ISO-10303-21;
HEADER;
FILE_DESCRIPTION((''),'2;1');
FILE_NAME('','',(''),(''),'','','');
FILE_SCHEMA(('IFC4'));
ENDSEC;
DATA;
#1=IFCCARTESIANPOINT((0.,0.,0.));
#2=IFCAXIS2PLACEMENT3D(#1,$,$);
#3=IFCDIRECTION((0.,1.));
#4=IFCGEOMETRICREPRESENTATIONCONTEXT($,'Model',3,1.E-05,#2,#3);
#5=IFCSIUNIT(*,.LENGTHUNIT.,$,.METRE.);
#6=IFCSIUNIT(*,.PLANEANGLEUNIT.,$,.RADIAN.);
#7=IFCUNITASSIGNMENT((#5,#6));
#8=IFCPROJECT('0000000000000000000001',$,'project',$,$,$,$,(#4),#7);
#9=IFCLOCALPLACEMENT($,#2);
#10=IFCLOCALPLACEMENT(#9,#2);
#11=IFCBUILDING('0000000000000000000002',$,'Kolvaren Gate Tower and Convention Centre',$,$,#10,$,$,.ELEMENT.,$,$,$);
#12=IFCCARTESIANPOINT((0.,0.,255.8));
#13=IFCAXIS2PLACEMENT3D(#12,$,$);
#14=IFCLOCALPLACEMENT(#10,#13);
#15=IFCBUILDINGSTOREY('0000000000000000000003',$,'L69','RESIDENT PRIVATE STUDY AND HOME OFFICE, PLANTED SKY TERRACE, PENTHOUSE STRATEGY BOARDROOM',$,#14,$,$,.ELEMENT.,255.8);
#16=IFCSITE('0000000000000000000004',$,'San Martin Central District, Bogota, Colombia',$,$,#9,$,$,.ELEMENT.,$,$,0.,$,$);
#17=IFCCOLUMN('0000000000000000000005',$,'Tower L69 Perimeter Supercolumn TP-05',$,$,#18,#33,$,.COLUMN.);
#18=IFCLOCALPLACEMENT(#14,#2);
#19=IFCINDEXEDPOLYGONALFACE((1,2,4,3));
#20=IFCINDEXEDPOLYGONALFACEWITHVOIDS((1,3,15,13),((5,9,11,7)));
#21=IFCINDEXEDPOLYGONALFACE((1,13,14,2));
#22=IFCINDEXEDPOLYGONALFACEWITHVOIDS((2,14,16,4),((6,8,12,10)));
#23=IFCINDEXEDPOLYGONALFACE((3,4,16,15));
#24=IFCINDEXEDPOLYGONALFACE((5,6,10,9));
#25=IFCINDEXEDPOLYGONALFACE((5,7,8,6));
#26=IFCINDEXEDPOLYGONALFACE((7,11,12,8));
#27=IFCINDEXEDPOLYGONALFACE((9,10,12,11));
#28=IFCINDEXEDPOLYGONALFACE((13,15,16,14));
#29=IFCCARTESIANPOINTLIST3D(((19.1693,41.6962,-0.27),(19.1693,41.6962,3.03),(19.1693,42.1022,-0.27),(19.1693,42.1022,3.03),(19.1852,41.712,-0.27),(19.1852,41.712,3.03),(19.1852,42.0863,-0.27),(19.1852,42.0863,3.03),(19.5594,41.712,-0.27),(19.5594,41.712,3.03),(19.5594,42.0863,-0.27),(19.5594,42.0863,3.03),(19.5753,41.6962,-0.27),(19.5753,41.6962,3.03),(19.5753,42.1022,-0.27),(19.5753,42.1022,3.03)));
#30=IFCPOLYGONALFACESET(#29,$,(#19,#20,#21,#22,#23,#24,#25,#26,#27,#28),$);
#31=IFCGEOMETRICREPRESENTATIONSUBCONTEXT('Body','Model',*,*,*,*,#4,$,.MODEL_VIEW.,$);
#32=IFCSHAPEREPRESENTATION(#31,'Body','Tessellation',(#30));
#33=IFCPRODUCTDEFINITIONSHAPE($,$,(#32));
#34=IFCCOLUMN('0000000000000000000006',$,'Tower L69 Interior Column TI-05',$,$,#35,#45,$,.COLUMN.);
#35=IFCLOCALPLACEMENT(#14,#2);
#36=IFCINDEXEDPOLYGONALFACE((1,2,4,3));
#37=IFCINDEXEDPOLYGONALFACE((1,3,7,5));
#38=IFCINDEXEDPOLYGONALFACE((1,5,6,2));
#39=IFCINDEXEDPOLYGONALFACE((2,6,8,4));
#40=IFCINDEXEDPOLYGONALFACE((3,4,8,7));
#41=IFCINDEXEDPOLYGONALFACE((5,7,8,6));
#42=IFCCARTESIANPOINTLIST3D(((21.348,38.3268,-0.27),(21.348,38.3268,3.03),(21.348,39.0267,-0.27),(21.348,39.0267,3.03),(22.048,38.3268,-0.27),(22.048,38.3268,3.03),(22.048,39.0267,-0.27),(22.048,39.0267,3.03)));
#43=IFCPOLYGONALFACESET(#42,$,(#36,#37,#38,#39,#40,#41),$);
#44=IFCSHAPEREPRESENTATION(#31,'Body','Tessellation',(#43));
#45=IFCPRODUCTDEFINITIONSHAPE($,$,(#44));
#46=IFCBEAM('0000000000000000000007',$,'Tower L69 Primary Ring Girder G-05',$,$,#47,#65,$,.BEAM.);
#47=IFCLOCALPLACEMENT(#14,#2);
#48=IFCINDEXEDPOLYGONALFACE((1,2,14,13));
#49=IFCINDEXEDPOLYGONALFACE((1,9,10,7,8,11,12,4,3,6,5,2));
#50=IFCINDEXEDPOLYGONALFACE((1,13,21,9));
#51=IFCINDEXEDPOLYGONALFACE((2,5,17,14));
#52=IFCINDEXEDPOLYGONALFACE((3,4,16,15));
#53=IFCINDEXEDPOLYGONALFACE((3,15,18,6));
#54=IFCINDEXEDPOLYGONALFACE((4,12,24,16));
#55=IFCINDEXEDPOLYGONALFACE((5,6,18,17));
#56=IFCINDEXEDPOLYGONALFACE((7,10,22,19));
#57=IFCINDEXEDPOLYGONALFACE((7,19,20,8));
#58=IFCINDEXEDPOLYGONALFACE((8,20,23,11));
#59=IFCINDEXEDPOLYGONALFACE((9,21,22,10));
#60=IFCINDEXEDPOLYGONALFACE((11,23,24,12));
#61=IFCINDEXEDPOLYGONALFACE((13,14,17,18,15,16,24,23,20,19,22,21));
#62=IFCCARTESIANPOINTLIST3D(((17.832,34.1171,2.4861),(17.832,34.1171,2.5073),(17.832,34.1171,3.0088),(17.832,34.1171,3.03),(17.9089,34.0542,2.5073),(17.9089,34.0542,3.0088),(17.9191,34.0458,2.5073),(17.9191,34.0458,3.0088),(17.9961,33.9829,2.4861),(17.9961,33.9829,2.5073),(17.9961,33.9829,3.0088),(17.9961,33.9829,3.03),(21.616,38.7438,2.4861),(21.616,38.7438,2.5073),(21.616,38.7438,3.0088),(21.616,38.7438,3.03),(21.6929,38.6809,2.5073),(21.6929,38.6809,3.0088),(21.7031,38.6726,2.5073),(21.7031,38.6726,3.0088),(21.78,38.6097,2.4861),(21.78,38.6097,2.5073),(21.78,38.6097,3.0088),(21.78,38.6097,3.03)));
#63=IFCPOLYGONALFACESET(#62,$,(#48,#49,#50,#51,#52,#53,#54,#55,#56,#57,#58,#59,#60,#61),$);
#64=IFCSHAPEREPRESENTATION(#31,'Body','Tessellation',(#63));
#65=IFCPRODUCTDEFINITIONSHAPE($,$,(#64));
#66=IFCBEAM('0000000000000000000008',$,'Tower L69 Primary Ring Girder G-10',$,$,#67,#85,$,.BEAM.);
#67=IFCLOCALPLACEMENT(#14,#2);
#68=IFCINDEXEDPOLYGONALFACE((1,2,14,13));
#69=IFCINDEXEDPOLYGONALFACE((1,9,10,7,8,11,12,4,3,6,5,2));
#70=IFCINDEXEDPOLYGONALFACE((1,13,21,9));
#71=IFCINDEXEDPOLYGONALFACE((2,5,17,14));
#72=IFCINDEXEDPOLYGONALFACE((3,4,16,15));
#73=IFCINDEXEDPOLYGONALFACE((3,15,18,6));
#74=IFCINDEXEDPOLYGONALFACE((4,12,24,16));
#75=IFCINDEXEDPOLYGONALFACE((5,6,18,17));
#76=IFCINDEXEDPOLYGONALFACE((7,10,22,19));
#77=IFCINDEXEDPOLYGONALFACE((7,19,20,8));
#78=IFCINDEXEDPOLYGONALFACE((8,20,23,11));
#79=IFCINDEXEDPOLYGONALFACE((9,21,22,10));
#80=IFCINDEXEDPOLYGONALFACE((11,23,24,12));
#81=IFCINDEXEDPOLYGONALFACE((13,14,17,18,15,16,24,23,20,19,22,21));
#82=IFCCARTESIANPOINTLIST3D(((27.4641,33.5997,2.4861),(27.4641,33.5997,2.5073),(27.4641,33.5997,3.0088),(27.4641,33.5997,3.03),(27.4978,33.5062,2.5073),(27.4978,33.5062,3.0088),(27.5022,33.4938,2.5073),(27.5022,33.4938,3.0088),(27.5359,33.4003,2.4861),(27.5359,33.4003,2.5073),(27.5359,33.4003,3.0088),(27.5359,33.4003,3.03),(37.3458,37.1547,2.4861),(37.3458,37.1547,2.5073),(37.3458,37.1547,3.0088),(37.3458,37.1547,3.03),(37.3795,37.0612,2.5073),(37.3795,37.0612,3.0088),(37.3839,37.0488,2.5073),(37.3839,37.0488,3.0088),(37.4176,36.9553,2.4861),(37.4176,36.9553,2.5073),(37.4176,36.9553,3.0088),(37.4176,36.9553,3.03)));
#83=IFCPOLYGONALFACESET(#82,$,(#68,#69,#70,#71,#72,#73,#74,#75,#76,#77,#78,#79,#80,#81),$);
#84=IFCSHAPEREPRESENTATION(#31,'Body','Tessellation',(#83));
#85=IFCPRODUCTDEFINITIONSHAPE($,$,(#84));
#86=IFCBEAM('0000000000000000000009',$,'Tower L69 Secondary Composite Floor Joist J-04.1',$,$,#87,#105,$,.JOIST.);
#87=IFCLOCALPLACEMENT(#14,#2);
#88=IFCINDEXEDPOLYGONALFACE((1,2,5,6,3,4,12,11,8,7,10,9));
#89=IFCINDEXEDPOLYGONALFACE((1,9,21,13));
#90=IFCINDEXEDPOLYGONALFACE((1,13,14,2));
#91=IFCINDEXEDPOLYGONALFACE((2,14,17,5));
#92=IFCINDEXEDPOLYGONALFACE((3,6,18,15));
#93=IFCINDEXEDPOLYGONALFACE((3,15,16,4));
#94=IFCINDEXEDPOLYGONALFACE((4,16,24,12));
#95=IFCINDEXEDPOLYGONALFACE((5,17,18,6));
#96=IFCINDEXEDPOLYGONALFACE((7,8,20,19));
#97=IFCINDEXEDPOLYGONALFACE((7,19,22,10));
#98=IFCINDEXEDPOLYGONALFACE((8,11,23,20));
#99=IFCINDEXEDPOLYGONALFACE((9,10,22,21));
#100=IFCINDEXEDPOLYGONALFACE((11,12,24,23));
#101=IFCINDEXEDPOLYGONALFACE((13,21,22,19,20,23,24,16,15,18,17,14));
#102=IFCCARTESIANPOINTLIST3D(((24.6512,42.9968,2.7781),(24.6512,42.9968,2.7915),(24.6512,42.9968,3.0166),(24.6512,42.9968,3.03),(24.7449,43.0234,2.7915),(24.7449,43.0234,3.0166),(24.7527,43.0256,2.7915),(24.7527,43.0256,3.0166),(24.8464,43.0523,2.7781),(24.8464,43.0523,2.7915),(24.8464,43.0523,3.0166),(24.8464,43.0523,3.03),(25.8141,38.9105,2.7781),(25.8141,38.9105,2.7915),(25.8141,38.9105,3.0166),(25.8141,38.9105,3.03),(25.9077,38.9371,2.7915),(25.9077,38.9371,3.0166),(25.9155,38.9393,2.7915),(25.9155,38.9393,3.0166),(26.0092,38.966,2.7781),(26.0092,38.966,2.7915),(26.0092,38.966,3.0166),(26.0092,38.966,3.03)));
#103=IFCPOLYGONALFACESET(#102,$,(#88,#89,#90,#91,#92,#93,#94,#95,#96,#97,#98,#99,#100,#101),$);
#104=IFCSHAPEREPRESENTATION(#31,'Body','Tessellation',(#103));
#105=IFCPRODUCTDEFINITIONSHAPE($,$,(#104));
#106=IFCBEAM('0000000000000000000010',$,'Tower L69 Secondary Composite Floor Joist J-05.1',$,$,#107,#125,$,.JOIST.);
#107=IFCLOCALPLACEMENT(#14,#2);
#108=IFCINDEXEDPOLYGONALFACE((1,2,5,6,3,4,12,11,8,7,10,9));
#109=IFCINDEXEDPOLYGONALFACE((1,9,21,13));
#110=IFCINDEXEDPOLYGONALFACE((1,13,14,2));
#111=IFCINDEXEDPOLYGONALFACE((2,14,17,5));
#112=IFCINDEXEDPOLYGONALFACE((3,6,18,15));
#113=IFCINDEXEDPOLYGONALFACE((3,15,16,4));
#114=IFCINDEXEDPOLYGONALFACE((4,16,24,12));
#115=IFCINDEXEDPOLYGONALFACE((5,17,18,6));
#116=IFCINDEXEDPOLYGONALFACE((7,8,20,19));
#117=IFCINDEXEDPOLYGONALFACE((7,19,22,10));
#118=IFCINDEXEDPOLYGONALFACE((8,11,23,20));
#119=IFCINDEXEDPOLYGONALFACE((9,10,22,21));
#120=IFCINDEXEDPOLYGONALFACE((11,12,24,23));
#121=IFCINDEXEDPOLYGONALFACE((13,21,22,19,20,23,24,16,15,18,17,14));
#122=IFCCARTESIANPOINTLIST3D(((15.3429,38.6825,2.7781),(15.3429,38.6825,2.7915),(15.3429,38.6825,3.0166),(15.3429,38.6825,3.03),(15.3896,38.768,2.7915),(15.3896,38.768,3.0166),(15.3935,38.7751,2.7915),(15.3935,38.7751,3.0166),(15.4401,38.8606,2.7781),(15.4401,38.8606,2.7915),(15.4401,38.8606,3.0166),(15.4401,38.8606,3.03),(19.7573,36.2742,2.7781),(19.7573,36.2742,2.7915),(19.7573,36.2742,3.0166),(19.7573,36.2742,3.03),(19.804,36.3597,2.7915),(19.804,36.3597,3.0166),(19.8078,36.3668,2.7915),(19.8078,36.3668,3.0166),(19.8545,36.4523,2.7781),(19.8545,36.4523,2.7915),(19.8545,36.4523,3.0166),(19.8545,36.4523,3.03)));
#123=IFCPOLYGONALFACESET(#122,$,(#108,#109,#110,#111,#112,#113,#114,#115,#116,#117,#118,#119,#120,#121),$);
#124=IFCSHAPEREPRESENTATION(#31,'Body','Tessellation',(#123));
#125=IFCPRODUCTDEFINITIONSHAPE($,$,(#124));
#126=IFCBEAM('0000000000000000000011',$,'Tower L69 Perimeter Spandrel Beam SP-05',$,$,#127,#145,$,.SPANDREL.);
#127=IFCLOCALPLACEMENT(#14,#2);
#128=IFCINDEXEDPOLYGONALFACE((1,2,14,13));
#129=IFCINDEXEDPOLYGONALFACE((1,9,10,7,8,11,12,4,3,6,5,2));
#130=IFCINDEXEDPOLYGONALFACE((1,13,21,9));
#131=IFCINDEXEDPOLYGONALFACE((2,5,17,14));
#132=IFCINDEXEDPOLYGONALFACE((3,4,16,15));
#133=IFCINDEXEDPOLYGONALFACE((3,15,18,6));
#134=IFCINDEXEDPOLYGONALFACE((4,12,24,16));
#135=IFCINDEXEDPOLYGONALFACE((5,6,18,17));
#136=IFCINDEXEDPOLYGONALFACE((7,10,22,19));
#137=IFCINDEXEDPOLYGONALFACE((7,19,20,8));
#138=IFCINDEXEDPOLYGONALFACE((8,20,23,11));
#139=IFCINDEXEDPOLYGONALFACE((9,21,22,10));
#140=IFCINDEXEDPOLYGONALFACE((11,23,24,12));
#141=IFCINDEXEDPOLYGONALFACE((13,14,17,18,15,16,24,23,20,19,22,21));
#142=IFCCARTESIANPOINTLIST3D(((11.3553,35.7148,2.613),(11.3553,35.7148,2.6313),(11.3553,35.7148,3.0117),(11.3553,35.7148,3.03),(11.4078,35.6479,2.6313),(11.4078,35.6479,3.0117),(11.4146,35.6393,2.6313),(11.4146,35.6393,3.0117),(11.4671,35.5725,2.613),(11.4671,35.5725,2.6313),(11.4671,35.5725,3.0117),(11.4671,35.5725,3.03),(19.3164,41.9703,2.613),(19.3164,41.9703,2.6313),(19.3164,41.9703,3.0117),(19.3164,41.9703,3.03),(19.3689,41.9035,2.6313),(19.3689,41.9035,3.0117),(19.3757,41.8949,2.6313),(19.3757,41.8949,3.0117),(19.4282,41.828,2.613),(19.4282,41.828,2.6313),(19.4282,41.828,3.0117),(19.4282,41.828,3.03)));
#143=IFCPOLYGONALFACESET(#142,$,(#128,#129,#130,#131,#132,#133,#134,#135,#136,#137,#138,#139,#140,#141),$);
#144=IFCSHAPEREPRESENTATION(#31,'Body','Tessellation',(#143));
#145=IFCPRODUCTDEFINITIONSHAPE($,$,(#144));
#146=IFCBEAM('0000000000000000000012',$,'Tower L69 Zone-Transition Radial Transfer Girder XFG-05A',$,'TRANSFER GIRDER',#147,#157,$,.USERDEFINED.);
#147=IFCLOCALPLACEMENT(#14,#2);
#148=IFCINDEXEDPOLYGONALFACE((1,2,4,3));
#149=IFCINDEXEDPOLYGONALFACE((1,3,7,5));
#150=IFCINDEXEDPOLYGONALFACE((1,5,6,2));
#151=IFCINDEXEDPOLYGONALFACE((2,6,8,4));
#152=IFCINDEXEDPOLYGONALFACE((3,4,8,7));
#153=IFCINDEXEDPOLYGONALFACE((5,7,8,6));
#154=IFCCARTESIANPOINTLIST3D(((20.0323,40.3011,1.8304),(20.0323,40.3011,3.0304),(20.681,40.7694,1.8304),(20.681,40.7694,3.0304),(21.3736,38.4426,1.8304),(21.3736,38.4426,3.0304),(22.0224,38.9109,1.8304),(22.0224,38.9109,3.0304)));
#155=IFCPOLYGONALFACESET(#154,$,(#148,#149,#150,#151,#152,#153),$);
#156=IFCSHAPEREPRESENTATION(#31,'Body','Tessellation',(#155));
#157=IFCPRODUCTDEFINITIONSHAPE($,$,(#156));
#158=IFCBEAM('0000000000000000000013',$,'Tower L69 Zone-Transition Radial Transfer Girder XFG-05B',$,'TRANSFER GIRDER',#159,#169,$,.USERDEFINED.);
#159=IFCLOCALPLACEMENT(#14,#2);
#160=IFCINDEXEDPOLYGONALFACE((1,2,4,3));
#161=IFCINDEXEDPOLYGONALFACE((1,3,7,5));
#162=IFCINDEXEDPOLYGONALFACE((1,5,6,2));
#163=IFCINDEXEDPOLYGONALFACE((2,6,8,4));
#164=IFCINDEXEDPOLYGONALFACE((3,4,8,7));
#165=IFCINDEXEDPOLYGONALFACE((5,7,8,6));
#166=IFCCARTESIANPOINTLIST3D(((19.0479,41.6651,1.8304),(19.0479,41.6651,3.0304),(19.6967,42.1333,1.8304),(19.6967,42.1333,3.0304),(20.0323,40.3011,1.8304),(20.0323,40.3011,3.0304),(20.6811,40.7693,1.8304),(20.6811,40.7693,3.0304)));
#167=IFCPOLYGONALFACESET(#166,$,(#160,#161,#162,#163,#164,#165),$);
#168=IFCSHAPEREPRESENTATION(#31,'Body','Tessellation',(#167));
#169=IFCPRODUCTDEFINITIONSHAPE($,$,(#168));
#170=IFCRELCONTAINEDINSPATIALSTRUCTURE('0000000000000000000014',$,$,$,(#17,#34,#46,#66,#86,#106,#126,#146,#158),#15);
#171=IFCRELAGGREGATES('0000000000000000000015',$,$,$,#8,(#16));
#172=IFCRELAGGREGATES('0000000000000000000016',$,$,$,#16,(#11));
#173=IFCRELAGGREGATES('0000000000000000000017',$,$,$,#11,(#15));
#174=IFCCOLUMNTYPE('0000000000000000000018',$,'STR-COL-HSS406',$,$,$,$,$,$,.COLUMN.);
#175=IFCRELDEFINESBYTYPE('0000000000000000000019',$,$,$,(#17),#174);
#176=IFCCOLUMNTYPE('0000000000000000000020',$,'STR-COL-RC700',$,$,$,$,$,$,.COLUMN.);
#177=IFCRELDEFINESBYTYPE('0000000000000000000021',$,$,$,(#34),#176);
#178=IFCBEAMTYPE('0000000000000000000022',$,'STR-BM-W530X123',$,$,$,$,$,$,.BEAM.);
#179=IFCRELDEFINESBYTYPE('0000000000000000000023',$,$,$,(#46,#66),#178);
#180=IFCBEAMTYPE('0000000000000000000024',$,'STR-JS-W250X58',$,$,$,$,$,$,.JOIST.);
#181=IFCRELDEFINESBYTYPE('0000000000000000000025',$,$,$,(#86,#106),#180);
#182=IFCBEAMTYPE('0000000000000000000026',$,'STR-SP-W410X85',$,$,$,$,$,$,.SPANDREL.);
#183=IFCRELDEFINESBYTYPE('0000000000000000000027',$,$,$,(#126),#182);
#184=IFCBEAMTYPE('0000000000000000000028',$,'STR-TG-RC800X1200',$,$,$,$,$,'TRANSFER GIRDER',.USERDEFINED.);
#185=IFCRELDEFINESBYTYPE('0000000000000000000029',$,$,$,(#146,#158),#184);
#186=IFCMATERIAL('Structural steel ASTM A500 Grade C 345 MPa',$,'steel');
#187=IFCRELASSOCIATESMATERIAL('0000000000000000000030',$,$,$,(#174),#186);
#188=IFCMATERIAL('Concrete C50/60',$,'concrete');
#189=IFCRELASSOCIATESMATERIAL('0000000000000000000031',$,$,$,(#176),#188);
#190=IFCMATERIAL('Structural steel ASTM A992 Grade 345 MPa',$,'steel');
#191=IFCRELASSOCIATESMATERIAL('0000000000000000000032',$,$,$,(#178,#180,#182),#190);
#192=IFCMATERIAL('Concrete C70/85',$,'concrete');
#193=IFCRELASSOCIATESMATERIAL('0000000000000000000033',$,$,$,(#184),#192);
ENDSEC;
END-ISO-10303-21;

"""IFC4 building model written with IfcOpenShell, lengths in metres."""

from ifc_helpers import new_model, si_unit, direction, frame, origin, origin_2d, place, context, subcontext, project, spatial, rectangle, hollow_rectangle, i_section, extrude, material, material_profile, profile_set, type_object, element, save


model = new_model("IFC4")

# Units and contexts
model_context = context("Model", 3, precision=1e-05, world=origin(), true_north=direction((0.0, 1.0)))
body_context = subcontext(model_context, "Body", "Model", "MODEL_VIEW")
ifc_project = project(units=[si_unit("LENGTHUNIT", "METRE"), si_unit("PLANEANGLEUNIT", "RADIAN")], contexts=[model_context])

# Site, building, storey
site_placement = place(None, origin())
site = spatial("IfcSite", under=ifc_project, at=site_placement, Name="San Martin Central District, Bogota, Colombia", CompositionType="ELEMENT", RefElevation=0.0)
building_placement = place(site_placement, origin())
building = spatial("IfcBuilding", under=site, at=building_placement, Name="Kolvaren Gate Tower and Convention Centre", CompositionType="ELEMENT")
storey_placement = place(building_placement, frame((0.0, 0.0, 255.8)))
storey = spatial("IfcBuildingStorey", under=building, at=storey_placement, Name="L69", Description="RESIDENT PRIVATE STUDY AND HOME OFFICE, PLANTED SKY TERRACE, PENTHOUSE STRATEGY BOARDROOM", CompositionType="ELEMENT", Elevation=255.8)

# Columns
ifc_material_1 = material(Name="Structural steel ASTM A500 Grade C 345 MPa", Category="steel")
ifc_material_profile_1 = material_profile(ifc_material_1, hollow_rectangle(XDim=0.406, YDim=0.406, WallThickness=0.0159, at=origin_2d()), Name="HSS406X406X15.9")
ifc_profile_set_1 = profile_set([ifc_material_profile_1], Name="Structural steel ASTM A500 Grade C 345 MPa")
column_type_1 = type_object("IfcColumnType", Name="STR-COL-HSS406", PredefinedType="COLUMN", material=ifc_profile_set_1)
column_1_placement = place(storey_placement, frame((19.3723, 41.8992, -0.27), z_axis=(0.0, 0.0, 1.0), x_axis=(1.0, 0.0, 0.0)))
element("IfcColumn", 1, at=column_1_placement, inside=storey, type_object=column_type_1, Name="Tower L69 Perimeter Supercolumn TP-05", PredefinedType="COLUMN", context=body_context, shape_type="SweptSolid", body=[
    extrude(hollow_rectangle(XDim=0.406, YDim=0.406, WallThickness=0.0159, at=origin_2d()), origin(), (0.0, 0.0, 1.0), 3.3),
])
ifc_material_2 = material(Name="Concrete C50/60", Category="concrete")
ifc_material_profile_2 = material_profile(ifc_material_2, rectangle(XDim=0.7, YDim=0.7, at=origin_2d()), Name="RC-COL-700X700")
ifc_profile_set_2 = profile_set([ifc_material_profile_2], Name="Concrete C50/60")
column_type_2 = type_object("IfcColumnType", Name="STR-COL-RC700", PredefinedType="COLUMN", material=ifc_profile_set_2)
column_2_placement = place(storey_placement, frame((21.698, 38.6768, -0.27), z_axis=(0.0, 0.0, 1.0), x_axis=(1.0, 0.0, 0.0)))
element("IfcColumn", 2, at=column_2_placement, inside=storey, type_object=column_type_2, Name="Tower L69 Interior Column TI-05", PredefinedType="COLUMN", context=body_context, shape_type="SweptSolid", body=[
    extrude(rectangle(XDim=0.7, YDim=0.7, at=origin_2d()), origin(), (0.0, 0.0, 1.0), 3.3),
])

# Beams
ifc_material_3 = material(Name="Structural steel ASTM A992 Grade 345 MPa", Category="steel")
ifc_material_profile_3 = material_profile(ifc_material_3, i_section(OverallWidth=0.2119, OverallDepth=0.5439, WebThickness=0.0132, FlangeThickness=0.0212, at=origin_2d()), Name="W530X123")
ifc_profile_set_3 = profile_set([ifc_material_profile_3], Name="Structural steel ASTM A992 Grade 345 MPa")
beam_type_1 = type_object("IfcBeamType", Name="STR-BM-W530X123", PredefinedType="BEAM", material=ifc_profile_set_3)
beam_1_placement = place(storey_placement, frame((21.698, 38.6768, 2.7581), z_axis=(-0.633082, -0.774085, 0.0), x_axis=(0.774085, -0.633082, 0.0)))
element("IfcBeam", 3, at=beam_1_placement, inside=storey, type_object=beam_type_1, Name="Tower L69 Primary Ring Girder G-05", PredefinedType="BEAM", context=body_context, shape_type="SweptSolid", body=[
    extrude(i_section(OverallWidth=0.2119, OverallDepth=0.5439, WebThickness=0.0132, FlangeThickness=0.0212, at=origin_2d()), origin(), (0.0, 0.0, 1.0), 5.9771),
])
beam_2_placement = place(storey_placement, frame((27.5, 33.5, 2.7581), z_axis=(0.940961, 0.338514, 0.0), x_axis=(-0.338514, 0.940961, 0.0)))
element("IfcBeam", 4, at=beam_2_placement, inside=storey, type_object=beam_type_1, Name="Tower L69 Primary Ring Girder G-10", PredefinedType="BEAM", context=body_context, shape_type="SweptSolid", body=[
    extrude(i_section(OverallWidth=0.2119, OverallDepth=0.5439, WebThickness=0.0132, FlangeThickness=0.0212, at=origin_2d()), origin(), (0.0, 0.0, 1.0), 10.5017),
])
ifc_material_profile_4 = material_profile(ifc_material_3, i_section(OverallWidth=0.2029, OverallDepth=0.252, WebThickness=0.0081, FlangeThickness=0.0134, at=origin_2d()), Name="W250X58")
ifc_profile_set_4 = profile_set([ifc_material_profile_4], Name="Structural steel ASTM A992 Grade 345 MPa")
beam_type_2 = type_object("IfcBeamType", Name="STR-JS-W250X58", PredefinedType="JOIST", material=ifc_profile_set_4)
beam_3_placement = place(storey_placement, frame((25.9116, 38.9382, 2.9041), z_axis=(-0.273696, 0.961816, 0.0), x_axis=(-0.961816, -0.273696, 0.0)))
element("IfcBeam", 5, at=beam_3_placement, inside=storey, type_object=beam_type_2, Name="Tower L69 Secondary Composite Floor Joist J-04.1", PredefinedType="JOIST", context=body_context, shape_type="SweptSolid", body=[
    extrude(i_section(OverallWidth=0.2029, OverallDepth=0.252, WebThickness=0.0081, FlangeThickness=0.0134, at=origin_2d()), origin(), (0.0, 0.0, 1.0), 4.2485),
])
beam_4_placement = place(storey_placement, frame((19.8059, 36.3633, 2.9041), z_axis=(-0.877862, 0.478913, 0.0), x_axis=(-0.478913, -0.877862, 0.0)))
element("IfcBeam", 6, at=beam_4_placement, inside=storey, type_object=beam_type_2, Name="Tower L69 Secondary Composite Floor Joist J-05.1", PredefinedType="JOIST", context=body_context, shape_type="SweptSolid", body=[
    extrude(i_section(OverallWidth=0.2029, OverallDepth=0.252, WebThickness=0.0081, FlangeThickness=0.0134, at=origin_2d()), origin(), (0.0, 0.0, 1.0), 5.0286),
])
ifc_material_profile_5 = material_profile(ifc_material_3, i_section(OverallWidth=0.1809, OverallDepth=0.417, WebThickness=0.011, FlangeThickness=0.0183, at=origin_2d()), Name="W410X85")
ifc_profile_set_5 = profile_set([ifc_material_profile_5], Name="Structural steel ASTM A992 Grade 345 MPa")
beam_type_3 = type_object("IfcBeamType", Name="STR-SP-W410X85", PredefinedType="SPANDREL", material=ifc_profile_set_5)
beam_5_placement = place(storey_placement, frame((19.3723, 41.8992, 2.8215), z_axis=(-0.786299, -0.617846, 0.0), x_axis=(0.617846, -0.786299, 0.0)))
element("IfcBeam", 7, at=beam_5_placement, inside=storey, type_object=beam_type_3, Name="Tower L69 Perimeter Spandrel Beam SP-05", PredefinedType="SPANDREL", context=body_context, shape_type="SweptSolid", body=[
    extrude(i_section(OverallWidth=0.1809, OverallDepth=0.417, WebThickness=0.011, FlangeThickness=0.0183, at=origin_2d()), origin(), (0.0, 0.0, 1.0), 10.1248),
])
ifc_material_4 = material(Name="Concrete C70/85", Category="concrete")
ifc_material_profile_6 = material_profile(ifc_material_4, rectangle(XDim=0.8, YDim=1.2, at=origin_2d()), Name="RC-BM-800X1200")
ifc_profile_set_6 = profile_set([ifc_material_profile_6], Name="Concrete C70/85")
beam_type_4 = type_object("IfcBeamType", Name="STR-TG-RC800X1200", ElementType="TRANSFER GIRDER", PredefinedType="USERDEFINED", material=ifc_profile_set_6)
beam_6_placement = place(storey_placement, frame((21.698, 38.6768, 2.4304), z_axis=(-0.585242, 0.810859, 0.0), x_axis=(-0.810859, -0.585242, 0.0)))
element("IfcBeam", 8, at=beam_6_placement, inside=storey, type_object=beam_type_4, Name="Tower L69 Zone-Transition Radial Transfer Girder XFG-05A", ObjectType="TRANSFER GIRDER", PredefinedType="USERDEFINED", context=body_context, shape_type="SweptSolid", body=[
    extrude(rectangle(XDim=0.8, YDim=1.2, at=origin_2d()), origin(), (0.0, 0.0, 1.0), 2.292),
])
beam_7_placement = place(storey_placement, frame((20.3567, 40.5352, 2.4304), z_axis=(-0.585199, 0.81089, 0.0), x_axis=(-0.81089, -0.585199, 0.0)))
element("IfcBeam", 9, at=beam_7_placement, inside=storey, type_object=beam_type_4, Name="Tower L69 Zone-Transition Radial Transfer Girder XFG-05B", ObjectType="TRANSFER GIRDER", PredefinedType="USERDEFINED", context=body_context, shape_type="SweptSolid", body=[
    extrude(rectangle(XDim=0.8, YDim=1.2, at=origin_2d()), origin(), (0.0, 0.0, 1.0), 1.6821),
])

save(model, "model.ifc")
